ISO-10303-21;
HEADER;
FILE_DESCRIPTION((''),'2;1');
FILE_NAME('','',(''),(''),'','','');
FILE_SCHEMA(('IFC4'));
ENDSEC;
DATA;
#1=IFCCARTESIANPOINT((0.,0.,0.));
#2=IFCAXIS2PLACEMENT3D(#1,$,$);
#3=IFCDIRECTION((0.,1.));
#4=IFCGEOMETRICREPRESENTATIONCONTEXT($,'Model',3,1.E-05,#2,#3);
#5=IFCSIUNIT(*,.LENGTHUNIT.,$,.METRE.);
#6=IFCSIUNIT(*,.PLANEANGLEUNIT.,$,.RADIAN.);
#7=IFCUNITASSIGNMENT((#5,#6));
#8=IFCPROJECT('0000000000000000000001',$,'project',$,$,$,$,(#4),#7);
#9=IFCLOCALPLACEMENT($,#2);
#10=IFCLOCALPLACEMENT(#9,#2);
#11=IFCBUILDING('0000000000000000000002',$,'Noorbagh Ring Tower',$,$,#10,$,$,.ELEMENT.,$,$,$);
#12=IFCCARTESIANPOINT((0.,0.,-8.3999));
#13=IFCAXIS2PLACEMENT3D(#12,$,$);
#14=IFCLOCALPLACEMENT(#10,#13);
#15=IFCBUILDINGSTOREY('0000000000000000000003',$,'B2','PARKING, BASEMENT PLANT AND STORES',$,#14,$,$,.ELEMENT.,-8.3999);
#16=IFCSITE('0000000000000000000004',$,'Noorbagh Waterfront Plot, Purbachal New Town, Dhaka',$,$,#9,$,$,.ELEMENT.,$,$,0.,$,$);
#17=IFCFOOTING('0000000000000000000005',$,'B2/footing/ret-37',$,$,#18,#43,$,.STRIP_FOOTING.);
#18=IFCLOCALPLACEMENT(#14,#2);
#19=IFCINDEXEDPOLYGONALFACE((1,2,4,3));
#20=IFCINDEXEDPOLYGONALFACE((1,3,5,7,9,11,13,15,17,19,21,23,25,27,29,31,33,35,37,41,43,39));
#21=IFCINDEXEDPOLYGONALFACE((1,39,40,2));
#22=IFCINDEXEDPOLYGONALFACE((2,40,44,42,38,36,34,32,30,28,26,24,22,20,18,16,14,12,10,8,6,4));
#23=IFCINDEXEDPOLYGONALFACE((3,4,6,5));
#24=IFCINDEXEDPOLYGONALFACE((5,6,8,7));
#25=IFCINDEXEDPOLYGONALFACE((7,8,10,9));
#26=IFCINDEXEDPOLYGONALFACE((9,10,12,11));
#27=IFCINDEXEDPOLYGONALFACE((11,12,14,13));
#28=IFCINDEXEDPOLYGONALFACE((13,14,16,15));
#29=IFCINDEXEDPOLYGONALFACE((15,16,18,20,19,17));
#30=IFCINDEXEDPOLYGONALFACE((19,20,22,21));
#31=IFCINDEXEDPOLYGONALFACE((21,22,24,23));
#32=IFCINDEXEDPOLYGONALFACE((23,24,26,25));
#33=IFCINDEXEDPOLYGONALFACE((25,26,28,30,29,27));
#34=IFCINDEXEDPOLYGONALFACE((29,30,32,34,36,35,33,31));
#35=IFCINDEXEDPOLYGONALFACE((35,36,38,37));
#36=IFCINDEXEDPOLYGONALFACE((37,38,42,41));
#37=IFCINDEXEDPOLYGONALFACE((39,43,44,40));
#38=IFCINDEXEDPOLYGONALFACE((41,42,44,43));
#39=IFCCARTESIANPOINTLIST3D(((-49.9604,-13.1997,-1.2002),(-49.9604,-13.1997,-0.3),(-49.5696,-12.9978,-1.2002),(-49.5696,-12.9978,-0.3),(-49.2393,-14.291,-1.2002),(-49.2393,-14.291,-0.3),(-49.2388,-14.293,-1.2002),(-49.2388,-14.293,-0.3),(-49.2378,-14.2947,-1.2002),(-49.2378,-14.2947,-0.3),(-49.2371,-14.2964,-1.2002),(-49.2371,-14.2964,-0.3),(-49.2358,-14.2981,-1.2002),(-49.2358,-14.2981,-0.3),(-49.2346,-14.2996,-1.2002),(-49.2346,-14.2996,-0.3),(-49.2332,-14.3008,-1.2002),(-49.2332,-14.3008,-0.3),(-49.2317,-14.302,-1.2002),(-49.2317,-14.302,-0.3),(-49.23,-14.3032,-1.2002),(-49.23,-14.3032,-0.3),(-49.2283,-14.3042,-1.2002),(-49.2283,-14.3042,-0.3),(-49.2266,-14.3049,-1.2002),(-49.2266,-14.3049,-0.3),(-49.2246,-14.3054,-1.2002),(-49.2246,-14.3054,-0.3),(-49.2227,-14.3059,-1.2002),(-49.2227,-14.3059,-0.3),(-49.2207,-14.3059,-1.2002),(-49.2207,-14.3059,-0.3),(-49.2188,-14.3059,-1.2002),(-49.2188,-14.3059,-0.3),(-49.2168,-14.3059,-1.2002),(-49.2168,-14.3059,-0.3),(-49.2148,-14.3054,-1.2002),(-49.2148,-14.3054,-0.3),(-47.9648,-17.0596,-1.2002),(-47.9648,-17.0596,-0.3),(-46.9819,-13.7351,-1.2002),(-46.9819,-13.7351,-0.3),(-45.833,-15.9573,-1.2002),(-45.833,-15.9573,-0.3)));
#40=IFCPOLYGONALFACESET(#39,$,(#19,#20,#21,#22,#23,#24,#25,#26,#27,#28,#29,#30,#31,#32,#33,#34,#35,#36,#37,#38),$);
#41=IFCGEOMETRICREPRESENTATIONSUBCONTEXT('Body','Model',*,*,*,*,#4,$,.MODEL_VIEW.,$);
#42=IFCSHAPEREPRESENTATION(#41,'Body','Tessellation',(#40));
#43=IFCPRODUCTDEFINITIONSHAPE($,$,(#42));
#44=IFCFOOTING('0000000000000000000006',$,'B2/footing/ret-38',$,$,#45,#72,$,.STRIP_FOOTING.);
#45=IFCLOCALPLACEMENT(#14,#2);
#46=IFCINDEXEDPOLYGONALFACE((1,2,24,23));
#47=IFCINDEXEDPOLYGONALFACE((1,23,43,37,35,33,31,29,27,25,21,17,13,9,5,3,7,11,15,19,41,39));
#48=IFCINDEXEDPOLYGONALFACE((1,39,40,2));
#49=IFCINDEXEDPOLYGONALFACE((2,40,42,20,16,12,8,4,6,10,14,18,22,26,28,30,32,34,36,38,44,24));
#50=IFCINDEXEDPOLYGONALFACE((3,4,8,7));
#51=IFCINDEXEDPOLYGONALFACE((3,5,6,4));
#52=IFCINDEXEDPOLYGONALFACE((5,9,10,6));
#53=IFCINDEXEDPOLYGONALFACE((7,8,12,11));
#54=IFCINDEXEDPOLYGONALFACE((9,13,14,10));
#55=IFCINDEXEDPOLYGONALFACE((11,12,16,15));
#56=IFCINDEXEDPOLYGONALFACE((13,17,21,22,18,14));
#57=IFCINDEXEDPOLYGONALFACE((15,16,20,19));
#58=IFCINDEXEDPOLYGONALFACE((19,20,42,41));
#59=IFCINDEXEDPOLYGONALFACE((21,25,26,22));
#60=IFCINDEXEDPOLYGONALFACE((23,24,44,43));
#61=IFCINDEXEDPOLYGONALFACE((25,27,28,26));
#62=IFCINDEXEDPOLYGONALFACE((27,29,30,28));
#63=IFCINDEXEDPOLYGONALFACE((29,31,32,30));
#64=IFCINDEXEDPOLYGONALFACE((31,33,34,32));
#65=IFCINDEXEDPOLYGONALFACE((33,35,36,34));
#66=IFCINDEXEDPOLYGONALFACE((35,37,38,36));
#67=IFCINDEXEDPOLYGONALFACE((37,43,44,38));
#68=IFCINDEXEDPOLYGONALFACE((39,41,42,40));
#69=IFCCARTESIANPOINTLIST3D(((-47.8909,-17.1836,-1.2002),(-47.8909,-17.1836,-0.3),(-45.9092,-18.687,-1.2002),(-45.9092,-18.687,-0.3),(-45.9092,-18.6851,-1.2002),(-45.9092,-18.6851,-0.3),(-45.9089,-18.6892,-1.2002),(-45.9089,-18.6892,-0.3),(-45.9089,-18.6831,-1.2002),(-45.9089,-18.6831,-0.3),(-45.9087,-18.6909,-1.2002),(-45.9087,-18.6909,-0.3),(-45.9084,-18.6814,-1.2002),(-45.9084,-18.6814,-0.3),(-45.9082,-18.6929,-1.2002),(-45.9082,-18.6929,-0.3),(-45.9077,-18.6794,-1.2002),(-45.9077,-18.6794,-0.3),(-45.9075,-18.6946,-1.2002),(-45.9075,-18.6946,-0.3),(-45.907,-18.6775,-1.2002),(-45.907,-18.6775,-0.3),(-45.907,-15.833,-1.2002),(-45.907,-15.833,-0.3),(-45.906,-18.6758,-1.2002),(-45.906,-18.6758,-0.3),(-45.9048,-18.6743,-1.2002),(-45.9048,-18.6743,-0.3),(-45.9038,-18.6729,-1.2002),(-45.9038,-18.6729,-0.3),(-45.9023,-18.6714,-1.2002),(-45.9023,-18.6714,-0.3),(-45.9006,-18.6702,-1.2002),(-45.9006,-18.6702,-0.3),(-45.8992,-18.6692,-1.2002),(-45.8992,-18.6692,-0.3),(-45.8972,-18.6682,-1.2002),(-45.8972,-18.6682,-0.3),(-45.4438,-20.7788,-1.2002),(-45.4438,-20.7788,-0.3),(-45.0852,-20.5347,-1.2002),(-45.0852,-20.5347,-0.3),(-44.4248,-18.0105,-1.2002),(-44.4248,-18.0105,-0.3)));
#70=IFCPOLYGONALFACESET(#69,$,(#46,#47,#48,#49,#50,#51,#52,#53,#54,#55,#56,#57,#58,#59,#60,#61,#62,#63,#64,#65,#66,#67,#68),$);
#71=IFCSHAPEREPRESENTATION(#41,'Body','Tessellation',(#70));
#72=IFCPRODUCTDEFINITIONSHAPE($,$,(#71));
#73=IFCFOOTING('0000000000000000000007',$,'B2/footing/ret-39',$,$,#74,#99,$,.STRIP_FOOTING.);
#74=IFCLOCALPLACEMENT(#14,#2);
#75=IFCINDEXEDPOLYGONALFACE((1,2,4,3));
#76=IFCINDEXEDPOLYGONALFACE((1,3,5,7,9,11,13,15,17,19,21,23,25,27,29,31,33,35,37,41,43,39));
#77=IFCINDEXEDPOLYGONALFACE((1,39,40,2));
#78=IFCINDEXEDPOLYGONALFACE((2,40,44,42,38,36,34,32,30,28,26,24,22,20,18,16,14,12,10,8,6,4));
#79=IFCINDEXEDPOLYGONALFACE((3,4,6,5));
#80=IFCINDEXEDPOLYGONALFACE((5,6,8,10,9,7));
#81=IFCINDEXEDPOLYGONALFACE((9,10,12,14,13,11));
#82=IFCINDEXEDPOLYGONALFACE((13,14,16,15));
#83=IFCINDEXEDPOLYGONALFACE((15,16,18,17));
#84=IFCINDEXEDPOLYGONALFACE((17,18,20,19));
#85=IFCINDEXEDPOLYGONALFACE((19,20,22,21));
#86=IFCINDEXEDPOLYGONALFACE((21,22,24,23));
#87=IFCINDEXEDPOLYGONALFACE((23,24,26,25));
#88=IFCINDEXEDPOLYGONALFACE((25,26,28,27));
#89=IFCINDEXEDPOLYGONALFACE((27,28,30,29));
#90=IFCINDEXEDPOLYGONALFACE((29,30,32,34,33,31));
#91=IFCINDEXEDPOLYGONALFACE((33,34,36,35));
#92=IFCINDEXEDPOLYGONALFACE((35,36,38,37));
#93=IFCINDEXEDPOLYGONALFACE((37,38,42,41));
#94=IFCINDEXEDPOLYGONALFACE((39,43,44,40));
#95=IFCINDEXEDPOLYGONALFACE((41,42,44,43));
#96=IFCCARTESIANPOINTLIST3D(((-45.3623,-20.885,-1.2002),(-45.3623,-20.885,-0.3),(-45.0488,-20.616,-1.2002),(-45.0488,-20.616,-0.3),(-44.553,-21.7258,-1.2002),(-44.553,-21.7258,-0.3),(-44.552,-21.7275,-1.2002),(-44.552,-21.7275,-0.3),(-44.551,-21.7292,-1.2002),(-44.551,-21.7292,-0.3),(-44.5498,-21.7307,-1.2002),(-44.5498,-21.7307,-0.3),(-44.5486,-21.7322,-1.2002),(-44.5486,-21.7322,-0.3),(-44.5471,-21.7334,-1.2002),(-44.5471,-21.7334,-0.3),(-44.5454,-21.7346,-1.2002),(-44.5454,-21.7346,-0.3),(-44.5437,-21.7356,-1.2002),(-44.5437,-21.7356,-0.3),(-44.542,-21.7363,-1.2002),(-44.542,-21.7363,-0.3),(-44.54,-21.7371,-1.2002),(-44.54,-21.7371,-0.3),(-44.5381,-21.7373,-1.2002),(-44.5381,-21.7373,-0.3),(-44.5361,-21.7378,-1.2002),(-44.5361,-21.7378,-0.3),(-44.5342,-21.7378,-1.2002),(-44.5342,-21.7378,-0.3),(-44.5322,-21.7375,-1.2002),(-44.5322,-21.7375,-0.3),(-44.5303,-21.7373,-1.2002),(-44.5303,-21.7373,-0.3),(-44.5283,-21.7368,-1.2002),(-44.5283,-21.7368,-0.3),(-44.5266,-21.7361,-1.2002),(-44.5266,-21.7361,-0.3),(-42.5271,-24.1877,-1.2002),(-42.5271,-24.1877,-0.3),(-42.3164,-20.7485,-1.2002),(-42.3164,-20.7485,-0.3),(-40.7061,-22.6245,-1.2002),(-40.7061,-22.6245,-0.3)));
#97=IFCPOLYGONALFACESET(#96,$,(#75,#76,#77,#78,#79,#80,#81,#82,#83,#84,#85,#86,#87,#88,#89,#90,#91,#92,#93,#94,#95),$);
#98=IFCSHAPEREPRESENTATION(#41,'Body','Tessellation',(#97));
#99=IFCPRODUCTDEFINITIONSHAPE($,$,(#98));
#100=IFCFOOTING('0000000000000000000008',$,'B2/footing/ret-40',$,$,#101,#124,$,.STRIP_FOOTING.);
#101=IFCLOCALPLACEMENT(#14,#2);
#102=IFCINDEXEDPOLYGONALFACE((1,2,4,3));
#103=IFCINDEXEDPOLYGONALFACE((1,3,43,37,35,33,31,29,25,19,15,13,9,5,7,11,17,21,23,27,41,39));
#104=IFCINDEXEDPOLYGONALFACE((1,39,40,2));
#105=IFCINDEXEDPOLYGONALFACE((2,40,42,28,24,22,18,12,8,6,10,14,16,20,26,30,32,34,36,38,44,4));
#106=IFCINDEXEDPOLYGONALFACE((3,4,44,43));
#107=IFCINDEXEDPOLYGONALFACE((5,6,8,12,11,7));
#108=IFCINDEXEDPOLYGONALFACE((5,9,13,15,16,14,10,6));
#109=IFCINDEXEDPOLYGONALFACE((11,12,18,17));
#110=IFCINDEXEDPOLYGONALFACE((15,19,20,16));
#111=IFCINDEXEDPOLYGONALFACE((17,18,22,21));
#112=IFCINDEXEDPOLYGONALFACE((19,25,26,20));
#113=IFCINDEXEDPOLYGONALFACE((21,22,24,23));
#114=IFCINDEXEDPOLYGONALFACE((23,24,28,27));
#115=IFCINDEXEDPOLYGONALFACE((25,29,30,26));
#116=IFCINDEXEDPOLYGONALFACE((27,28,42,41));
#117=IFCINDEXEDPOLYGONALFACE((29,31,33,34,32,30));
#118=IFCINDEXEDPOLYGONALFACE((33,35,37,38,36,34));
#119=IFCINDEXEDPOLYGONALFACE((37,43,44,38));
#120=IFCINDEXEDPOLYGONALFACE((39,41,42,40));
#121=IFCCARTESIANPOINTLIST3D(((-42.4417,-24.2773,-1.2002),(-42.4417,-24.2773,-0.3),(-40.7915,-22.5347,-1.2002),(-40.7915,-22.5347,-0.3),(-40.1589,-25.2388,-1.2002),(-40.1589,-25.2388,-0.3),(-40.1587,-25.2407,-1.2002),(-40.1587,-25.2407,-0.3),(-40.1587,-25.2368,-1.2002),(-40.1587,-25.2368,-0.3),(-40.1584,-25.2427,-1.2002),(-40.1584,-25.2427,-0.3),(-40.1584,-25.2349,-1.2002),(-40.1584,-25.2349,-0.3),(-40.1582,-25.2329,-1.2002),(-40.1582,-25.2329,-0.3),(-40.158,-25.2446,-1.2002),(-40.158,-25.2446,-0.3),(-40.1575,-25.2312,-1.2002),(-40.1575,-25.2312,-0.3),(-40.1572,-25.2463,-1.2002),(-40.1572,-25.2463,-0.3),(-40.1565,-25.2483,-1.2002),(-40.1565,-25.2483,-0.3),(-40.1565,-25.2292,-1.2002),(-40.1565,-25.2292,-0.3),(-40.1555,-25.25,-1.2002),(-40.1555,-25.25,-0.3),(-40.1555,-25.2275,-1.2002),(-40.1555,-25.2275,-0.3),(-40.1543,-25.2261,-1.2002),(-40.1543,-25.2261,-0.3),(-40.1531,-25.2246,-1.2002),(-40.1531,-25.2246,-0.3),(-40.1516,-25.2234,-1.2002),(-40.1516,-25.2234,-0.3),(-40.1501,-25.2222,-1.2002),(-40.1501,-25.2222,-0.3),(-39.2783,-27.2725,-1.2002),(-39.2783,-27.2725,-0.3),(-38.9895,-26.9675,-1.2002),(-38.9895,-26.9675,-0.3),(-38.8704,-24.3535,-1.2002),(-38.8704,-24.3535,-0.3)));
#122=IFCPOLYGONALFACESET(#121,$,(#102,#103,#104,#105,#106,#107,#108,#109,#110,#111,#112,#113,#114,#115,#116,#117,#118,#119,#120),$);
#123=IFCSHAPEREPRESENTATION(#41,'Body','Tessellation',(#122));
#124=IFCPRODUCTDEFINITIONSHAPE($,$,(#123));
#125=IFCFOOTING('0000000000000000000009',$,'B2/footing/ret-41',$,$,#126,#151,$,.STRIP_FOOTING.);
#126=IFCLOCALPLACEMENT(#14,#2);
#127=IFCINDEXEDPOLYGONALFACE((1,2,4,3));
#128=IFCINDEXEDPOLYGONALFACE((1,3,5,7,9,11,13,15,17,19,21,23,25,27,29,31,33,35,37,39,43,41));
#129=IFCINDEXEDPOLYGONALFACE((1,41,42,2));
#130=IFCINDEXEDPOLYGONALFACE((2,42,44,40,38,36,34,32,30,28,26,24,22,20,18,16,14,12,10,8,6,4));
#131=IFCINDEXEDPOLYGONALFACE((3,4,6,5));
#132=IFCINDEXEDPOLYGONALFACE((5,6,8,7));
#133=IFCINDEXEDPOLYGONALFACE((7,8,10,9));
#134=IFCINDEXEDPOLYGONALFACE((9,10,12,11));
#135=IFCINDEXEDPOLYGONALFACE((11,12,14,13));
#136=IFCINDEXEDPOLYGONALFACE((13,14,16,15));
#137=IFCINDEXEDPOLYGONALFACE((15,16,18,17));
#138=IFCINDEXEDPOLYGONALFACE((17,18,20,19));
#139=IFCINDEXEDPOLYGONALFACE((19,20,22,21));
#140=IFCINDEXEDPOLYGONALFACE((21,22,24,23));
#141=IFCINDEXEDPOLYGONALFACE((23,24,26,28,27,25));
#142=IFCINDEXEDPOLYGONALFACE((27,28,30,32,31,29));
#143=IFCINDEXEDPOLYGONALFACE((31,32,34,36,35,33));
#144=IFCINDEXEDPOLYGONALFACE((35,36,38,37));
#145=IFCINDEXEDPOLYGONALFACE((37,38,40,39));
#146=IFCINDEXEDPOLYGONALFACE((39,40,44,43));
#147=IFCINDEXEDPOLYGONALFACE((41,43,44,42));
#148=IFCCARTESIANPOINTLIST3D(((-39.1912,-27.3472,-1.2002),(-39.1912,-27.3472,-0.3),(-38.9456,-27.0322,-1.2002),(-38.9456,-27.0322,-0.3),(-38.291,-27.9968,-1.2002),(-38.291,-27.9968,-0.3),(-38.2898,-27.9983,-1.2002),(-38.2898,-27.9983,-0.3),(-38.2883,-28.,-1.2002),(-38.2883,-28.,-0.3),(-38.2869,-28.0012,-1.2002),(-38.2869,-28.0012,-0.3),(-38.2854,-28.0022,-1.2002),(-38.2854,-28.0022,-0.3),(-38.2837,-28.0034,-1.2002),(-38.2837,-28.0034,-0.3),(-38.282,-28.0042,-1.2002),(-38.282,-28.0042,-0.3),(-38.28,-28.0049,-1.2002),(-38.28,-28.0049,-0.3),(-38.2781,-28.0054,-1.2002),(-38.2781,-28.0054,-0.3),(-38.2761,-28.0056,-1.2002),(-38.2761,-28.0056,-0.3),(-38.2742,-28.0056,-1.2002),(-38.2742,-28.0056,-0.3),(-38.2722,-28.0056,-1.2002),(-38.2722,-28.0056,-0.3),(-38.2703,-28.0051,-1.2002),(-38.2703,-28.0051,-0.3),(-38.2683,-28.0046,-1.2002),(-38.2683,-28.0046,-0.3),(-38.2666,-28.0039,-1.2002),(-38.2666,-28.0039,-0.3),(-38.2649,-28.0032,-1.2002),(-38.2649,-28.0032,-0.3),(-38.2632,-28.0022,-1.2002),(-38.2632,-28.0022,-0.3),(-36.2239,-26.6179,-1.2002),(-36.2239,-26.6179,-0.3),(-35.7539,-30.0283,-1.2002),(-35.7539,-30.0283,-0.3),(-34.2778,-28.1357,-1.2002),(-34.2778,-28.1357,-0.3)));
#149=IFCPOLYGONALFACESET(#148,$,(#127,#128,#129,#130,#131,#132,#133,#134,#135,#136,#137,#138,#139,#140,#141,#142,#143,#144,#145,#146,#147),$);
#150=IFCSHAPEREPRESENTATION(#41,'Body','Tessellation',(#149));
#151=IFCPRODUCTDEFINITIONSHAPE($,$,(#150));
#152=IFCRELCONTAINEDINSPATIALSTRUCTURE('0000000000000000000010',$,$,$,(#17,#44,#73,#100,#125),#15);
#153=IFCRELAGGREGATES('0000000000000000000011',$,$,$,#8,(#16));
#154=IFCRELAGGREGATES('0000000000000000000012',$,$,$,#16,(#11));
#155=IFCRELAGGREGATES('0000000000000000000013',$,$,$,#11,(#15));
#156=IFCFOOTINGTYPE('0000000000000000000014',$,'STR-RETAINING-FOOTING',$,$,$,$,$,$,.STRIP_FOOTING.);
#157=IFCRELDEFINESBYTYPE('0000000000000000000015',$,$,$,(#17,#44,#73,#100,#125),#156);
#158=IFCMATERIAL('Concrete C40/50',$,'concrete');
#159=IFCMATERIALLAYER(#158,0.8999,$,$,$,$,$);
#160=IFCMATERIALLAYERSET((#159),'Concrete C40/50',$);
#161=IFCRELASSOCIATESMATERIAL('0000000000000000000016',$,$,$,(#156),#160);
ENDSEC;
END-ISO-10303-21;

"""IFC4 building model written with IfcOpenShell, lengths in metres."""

from ifc_helpers import new_model, si_unit, direction, frame, origin, place, context, subcontext, project, spatial, polyline, outline, extrude, material, layer, layer_set, type_object, element, save


model = new_model("IFC4")

# Units and contexts
model_context = context("Model", 3, precision=1e-05, world=origin(), true_north=direction((0.0, 1.0)))
body_context = subcontext(model_context, "Body", "Model", "MODEL_VIEW")
ifc_project = project(units=[si_unit("LENGTHUNIT", "METRE"), si_unit("PLANEANGLEUNIT", "RADIAN")], contexts=[model_context])

# Site, building, storey
site_placement = place(None, origin())
site = spatial("IfcSite", under=ifc_project, at=site_placement, Name="Noorbagh Waterfront Plot, Purbachal New Town, Dhaka", CompositionType="ELEMENT", RefElevation=0.0)
building_placement = place(site_placement, origin())
building = spatial("IfcBuilding", under=site, at=building_placement, Name="Noorbagh Ring Tower", CompositionType="ELEMENT")
storey_placement = place(building_placement, frame((0.0, 0.0, -8.3999)))
storey = spatial("IfcBuildingStorey", under=building, at=storey_placement, Name="B2", Description="PARKING, BASEMENT PLANT AND STORES", CompositionType="ELEMENT", Elevation=-8.3999)

# Footings
ifc_material_1 = material(Name="Concrete C40/50", Category="concrete")
ifc_layer = layer(ifc_material_1, 0.8999)
ifc_layer_set = layer_set([ifc_layer], Name="Concrete C40/50")
footing_type = type_object("IfcFootingType", Name="STR-RETAINING-FOOTING", PredefinedType="STRIP_FOOTING", material=ifc_layer_set)
footing_1_placement = place(storey_placement, frame((0.0, 0.0, -1.2002)))
element("IfcFooting", 1, at=footing_1_placement, inside=storey, type_object=footing_type, Name="B2/footing/ret-37", PredefinedType="STRIP_FOOTING", context=body_context, shape_type="SweptSolid", body=[
    extrude(outline(polyline([(-47.9648, -17.0596), (-49.9604, -13.1997), (-49.5696, -12.9978), (-49.2393, -14.291), (-49.2388, -14.293), (-49.2378, -14.2947), (-49.2371, -14.2964), (-49.2358, -14.2981), (-49.2346, -14.2996), (-49.2332, -14.3008), (-49.2317, -14.302), (-49.23, -14.3032), (-49.2283, -14.3042), (-49.2266, -14.3049), (-49.2246, -14.3054), (-49.2227, -14.3059), (-49.2207, -14.3059), (-49.2188, -14.3059), (-49.2168, -14.3059), (-49.2148, -14.3054), (-46.9819, -13.7351), (-45.833, -15.9573), (-47.9648, -17.0596)])), origin(), (0.0, 0.0, 1.0), 0.9001),
])
footing_2_placement = place(storey_placement, frame((0.0, 0.0, -1.2002)))
element("IfcFooting", 2, at=footing_2_placement, inside=storey, type_object=footing_type, Name="B2/footing/ret-38", PredefinedType="STRIP_FOOTING", context=body_context, shape_type="SweptSolid", body=[
    extrude(outline(polyline([(-45.4438, -20.7788), (-47.8909, -17.1836), (-45.907, -15.833), (-44.4248, -18.0105), (-45.8972, -18.6682), (-45.8992, -18.6692), (-45.9006, -18.6702), (-45.9023, -18.6714), (-45.9038, -18.6729), (-45.9048, -18.6743), (-45.906, -18.6758), (-45.907, -18.6775), (-45.9077, -18.6794), (-45.9084, -18.6814), (-45.9089, -18.6831), (-45.9092, -18.6851), (-45.9092, -18.687), (-45.9089, -18.6892), (-45.9087, -18.6909), (-45.9082, -18.6929), (-45.9075, -18.6946), (-45.0852, -20.5347), (-45.4438, -20.7788)])), origin(), (0.0, 0.0, 1.0), 0.9001),
])
footing_3_placement = place(storey_placement, frame((0.0, 0.0, -1.2002)))
element("IfcFooting", 3, at=footing_3_placement, inside=storey, type_object=footing_type, Name="B2/footing/ret-39", PredefinedType="STRIP_FOOTING", context=body_context, shape_type="SweptSolid", body=[
    extrude(outline(polyline([(-42.5271, -24.1877), (-45.3623, -20.885), (-45.0488, -20.616), (-44.553, -21.7258), (-44.552, -21.7275), (-44.551, -21.7292), (-44.5498, -21.7307), (-44.5486, -21.7322), (-44.5471, -21.7334), (-44.5454, -21.7346), (-44.5437, -21.7356), (-44.542, -21.7363), (-44.54, -21.7371), (-44.5381, -21.7373), (-44.5361, -21.7378), (-44.5342, -21.7378), (-44.5322, -21.7375), (-44.5303, -21.7373), (-44.5283, -21.7368), (-44.5266, -21.7361), (-42.3164, -20.7485), (-40.7061, -22.6245), (-42.5271, -24.1877)])), origin(), (0.0, 0.0, 1.0), 0.9001),
])
footing_4_placement = place(storey_placement, frame((0.0, 0.0, -1.2002)))
element("IfcFooting", 4, at=footing_4_placement, inside=storey, type_object=footing_type, Name="B2/footing/ret-40", PredefinedType="STRIP_FOOTING", context=body_context, shape_type="SweptSolid", body=[
    extrude(outline(polyline([(-39.2783, -27.2725), (-42.4417, -24.2773), (-40.7915, -22.5347), (-38.8704, -24.3535), (-40.1501, -25.2222), (-40.1516, -25.2234), (-40.1531, -25.2246), (-40.1543, -25.2261), (-40.1555, -25.2275), (-40.1565, -25.2292), (-40.1575, -25.2312), (-40.1582, -25.2329), (-40.1584, -25.2349), (-40.1587, -25.2368), (-40.1589, -25.2388), (-40.1587, -25.2407), (-40.1584, -25.2427), (-40.158, -25.2446), (-40.1572, -25.2463), (-40.1565, -25.2483), (-40.1555, -25.25), (-38.9895, -26.9675), (-39.2783, -27.2725)])), origin(), (0.0, 0.0, 1.0), 0.9001),
])
footing_5_placement = place(storey_placement, frame((0.0, 0.0, -1.2002)))
element("IfcFooting", 5, at=footing_5_placement, inside=storey, type_object=footing_type, Name="B2/footing/ret-41", PredefinedType="STRIP_FOOTING", context=body_context, shape_type="SweptSolid", body=[
    extrude(outline(polyline([(-35.7539, -30.0283), (-39.1912, -27.3472), (-38.9456, -27.0322), (-38.291, -27.9968), (-38.2898, -27.9983), (-38.2883, -28.0), (-38.2869, -28.0012), (-38.2854, -28.0022), (-38.2837, -28.0034), (-38.282, -28.0042), (-38.28, -28.0049), (-38.2781, -28.0054), (-38.2761, -28.0056), (-38.2742, -28.0056), (-38.2722, -28.0056), (-38.2703, -28.0051), (-38.2683, -28.0046), (-38.2666, -28.0039), (-38.2649, -28.0032), (-38.2632, -28.0022), (-36.2239, -26.6179), (-34.2778, -28.1357), (-35.7539, -30.0283)])), origin(), (0.0, 0.0, 1.0), 0.9001),
])

save(model, "model.ifc")
